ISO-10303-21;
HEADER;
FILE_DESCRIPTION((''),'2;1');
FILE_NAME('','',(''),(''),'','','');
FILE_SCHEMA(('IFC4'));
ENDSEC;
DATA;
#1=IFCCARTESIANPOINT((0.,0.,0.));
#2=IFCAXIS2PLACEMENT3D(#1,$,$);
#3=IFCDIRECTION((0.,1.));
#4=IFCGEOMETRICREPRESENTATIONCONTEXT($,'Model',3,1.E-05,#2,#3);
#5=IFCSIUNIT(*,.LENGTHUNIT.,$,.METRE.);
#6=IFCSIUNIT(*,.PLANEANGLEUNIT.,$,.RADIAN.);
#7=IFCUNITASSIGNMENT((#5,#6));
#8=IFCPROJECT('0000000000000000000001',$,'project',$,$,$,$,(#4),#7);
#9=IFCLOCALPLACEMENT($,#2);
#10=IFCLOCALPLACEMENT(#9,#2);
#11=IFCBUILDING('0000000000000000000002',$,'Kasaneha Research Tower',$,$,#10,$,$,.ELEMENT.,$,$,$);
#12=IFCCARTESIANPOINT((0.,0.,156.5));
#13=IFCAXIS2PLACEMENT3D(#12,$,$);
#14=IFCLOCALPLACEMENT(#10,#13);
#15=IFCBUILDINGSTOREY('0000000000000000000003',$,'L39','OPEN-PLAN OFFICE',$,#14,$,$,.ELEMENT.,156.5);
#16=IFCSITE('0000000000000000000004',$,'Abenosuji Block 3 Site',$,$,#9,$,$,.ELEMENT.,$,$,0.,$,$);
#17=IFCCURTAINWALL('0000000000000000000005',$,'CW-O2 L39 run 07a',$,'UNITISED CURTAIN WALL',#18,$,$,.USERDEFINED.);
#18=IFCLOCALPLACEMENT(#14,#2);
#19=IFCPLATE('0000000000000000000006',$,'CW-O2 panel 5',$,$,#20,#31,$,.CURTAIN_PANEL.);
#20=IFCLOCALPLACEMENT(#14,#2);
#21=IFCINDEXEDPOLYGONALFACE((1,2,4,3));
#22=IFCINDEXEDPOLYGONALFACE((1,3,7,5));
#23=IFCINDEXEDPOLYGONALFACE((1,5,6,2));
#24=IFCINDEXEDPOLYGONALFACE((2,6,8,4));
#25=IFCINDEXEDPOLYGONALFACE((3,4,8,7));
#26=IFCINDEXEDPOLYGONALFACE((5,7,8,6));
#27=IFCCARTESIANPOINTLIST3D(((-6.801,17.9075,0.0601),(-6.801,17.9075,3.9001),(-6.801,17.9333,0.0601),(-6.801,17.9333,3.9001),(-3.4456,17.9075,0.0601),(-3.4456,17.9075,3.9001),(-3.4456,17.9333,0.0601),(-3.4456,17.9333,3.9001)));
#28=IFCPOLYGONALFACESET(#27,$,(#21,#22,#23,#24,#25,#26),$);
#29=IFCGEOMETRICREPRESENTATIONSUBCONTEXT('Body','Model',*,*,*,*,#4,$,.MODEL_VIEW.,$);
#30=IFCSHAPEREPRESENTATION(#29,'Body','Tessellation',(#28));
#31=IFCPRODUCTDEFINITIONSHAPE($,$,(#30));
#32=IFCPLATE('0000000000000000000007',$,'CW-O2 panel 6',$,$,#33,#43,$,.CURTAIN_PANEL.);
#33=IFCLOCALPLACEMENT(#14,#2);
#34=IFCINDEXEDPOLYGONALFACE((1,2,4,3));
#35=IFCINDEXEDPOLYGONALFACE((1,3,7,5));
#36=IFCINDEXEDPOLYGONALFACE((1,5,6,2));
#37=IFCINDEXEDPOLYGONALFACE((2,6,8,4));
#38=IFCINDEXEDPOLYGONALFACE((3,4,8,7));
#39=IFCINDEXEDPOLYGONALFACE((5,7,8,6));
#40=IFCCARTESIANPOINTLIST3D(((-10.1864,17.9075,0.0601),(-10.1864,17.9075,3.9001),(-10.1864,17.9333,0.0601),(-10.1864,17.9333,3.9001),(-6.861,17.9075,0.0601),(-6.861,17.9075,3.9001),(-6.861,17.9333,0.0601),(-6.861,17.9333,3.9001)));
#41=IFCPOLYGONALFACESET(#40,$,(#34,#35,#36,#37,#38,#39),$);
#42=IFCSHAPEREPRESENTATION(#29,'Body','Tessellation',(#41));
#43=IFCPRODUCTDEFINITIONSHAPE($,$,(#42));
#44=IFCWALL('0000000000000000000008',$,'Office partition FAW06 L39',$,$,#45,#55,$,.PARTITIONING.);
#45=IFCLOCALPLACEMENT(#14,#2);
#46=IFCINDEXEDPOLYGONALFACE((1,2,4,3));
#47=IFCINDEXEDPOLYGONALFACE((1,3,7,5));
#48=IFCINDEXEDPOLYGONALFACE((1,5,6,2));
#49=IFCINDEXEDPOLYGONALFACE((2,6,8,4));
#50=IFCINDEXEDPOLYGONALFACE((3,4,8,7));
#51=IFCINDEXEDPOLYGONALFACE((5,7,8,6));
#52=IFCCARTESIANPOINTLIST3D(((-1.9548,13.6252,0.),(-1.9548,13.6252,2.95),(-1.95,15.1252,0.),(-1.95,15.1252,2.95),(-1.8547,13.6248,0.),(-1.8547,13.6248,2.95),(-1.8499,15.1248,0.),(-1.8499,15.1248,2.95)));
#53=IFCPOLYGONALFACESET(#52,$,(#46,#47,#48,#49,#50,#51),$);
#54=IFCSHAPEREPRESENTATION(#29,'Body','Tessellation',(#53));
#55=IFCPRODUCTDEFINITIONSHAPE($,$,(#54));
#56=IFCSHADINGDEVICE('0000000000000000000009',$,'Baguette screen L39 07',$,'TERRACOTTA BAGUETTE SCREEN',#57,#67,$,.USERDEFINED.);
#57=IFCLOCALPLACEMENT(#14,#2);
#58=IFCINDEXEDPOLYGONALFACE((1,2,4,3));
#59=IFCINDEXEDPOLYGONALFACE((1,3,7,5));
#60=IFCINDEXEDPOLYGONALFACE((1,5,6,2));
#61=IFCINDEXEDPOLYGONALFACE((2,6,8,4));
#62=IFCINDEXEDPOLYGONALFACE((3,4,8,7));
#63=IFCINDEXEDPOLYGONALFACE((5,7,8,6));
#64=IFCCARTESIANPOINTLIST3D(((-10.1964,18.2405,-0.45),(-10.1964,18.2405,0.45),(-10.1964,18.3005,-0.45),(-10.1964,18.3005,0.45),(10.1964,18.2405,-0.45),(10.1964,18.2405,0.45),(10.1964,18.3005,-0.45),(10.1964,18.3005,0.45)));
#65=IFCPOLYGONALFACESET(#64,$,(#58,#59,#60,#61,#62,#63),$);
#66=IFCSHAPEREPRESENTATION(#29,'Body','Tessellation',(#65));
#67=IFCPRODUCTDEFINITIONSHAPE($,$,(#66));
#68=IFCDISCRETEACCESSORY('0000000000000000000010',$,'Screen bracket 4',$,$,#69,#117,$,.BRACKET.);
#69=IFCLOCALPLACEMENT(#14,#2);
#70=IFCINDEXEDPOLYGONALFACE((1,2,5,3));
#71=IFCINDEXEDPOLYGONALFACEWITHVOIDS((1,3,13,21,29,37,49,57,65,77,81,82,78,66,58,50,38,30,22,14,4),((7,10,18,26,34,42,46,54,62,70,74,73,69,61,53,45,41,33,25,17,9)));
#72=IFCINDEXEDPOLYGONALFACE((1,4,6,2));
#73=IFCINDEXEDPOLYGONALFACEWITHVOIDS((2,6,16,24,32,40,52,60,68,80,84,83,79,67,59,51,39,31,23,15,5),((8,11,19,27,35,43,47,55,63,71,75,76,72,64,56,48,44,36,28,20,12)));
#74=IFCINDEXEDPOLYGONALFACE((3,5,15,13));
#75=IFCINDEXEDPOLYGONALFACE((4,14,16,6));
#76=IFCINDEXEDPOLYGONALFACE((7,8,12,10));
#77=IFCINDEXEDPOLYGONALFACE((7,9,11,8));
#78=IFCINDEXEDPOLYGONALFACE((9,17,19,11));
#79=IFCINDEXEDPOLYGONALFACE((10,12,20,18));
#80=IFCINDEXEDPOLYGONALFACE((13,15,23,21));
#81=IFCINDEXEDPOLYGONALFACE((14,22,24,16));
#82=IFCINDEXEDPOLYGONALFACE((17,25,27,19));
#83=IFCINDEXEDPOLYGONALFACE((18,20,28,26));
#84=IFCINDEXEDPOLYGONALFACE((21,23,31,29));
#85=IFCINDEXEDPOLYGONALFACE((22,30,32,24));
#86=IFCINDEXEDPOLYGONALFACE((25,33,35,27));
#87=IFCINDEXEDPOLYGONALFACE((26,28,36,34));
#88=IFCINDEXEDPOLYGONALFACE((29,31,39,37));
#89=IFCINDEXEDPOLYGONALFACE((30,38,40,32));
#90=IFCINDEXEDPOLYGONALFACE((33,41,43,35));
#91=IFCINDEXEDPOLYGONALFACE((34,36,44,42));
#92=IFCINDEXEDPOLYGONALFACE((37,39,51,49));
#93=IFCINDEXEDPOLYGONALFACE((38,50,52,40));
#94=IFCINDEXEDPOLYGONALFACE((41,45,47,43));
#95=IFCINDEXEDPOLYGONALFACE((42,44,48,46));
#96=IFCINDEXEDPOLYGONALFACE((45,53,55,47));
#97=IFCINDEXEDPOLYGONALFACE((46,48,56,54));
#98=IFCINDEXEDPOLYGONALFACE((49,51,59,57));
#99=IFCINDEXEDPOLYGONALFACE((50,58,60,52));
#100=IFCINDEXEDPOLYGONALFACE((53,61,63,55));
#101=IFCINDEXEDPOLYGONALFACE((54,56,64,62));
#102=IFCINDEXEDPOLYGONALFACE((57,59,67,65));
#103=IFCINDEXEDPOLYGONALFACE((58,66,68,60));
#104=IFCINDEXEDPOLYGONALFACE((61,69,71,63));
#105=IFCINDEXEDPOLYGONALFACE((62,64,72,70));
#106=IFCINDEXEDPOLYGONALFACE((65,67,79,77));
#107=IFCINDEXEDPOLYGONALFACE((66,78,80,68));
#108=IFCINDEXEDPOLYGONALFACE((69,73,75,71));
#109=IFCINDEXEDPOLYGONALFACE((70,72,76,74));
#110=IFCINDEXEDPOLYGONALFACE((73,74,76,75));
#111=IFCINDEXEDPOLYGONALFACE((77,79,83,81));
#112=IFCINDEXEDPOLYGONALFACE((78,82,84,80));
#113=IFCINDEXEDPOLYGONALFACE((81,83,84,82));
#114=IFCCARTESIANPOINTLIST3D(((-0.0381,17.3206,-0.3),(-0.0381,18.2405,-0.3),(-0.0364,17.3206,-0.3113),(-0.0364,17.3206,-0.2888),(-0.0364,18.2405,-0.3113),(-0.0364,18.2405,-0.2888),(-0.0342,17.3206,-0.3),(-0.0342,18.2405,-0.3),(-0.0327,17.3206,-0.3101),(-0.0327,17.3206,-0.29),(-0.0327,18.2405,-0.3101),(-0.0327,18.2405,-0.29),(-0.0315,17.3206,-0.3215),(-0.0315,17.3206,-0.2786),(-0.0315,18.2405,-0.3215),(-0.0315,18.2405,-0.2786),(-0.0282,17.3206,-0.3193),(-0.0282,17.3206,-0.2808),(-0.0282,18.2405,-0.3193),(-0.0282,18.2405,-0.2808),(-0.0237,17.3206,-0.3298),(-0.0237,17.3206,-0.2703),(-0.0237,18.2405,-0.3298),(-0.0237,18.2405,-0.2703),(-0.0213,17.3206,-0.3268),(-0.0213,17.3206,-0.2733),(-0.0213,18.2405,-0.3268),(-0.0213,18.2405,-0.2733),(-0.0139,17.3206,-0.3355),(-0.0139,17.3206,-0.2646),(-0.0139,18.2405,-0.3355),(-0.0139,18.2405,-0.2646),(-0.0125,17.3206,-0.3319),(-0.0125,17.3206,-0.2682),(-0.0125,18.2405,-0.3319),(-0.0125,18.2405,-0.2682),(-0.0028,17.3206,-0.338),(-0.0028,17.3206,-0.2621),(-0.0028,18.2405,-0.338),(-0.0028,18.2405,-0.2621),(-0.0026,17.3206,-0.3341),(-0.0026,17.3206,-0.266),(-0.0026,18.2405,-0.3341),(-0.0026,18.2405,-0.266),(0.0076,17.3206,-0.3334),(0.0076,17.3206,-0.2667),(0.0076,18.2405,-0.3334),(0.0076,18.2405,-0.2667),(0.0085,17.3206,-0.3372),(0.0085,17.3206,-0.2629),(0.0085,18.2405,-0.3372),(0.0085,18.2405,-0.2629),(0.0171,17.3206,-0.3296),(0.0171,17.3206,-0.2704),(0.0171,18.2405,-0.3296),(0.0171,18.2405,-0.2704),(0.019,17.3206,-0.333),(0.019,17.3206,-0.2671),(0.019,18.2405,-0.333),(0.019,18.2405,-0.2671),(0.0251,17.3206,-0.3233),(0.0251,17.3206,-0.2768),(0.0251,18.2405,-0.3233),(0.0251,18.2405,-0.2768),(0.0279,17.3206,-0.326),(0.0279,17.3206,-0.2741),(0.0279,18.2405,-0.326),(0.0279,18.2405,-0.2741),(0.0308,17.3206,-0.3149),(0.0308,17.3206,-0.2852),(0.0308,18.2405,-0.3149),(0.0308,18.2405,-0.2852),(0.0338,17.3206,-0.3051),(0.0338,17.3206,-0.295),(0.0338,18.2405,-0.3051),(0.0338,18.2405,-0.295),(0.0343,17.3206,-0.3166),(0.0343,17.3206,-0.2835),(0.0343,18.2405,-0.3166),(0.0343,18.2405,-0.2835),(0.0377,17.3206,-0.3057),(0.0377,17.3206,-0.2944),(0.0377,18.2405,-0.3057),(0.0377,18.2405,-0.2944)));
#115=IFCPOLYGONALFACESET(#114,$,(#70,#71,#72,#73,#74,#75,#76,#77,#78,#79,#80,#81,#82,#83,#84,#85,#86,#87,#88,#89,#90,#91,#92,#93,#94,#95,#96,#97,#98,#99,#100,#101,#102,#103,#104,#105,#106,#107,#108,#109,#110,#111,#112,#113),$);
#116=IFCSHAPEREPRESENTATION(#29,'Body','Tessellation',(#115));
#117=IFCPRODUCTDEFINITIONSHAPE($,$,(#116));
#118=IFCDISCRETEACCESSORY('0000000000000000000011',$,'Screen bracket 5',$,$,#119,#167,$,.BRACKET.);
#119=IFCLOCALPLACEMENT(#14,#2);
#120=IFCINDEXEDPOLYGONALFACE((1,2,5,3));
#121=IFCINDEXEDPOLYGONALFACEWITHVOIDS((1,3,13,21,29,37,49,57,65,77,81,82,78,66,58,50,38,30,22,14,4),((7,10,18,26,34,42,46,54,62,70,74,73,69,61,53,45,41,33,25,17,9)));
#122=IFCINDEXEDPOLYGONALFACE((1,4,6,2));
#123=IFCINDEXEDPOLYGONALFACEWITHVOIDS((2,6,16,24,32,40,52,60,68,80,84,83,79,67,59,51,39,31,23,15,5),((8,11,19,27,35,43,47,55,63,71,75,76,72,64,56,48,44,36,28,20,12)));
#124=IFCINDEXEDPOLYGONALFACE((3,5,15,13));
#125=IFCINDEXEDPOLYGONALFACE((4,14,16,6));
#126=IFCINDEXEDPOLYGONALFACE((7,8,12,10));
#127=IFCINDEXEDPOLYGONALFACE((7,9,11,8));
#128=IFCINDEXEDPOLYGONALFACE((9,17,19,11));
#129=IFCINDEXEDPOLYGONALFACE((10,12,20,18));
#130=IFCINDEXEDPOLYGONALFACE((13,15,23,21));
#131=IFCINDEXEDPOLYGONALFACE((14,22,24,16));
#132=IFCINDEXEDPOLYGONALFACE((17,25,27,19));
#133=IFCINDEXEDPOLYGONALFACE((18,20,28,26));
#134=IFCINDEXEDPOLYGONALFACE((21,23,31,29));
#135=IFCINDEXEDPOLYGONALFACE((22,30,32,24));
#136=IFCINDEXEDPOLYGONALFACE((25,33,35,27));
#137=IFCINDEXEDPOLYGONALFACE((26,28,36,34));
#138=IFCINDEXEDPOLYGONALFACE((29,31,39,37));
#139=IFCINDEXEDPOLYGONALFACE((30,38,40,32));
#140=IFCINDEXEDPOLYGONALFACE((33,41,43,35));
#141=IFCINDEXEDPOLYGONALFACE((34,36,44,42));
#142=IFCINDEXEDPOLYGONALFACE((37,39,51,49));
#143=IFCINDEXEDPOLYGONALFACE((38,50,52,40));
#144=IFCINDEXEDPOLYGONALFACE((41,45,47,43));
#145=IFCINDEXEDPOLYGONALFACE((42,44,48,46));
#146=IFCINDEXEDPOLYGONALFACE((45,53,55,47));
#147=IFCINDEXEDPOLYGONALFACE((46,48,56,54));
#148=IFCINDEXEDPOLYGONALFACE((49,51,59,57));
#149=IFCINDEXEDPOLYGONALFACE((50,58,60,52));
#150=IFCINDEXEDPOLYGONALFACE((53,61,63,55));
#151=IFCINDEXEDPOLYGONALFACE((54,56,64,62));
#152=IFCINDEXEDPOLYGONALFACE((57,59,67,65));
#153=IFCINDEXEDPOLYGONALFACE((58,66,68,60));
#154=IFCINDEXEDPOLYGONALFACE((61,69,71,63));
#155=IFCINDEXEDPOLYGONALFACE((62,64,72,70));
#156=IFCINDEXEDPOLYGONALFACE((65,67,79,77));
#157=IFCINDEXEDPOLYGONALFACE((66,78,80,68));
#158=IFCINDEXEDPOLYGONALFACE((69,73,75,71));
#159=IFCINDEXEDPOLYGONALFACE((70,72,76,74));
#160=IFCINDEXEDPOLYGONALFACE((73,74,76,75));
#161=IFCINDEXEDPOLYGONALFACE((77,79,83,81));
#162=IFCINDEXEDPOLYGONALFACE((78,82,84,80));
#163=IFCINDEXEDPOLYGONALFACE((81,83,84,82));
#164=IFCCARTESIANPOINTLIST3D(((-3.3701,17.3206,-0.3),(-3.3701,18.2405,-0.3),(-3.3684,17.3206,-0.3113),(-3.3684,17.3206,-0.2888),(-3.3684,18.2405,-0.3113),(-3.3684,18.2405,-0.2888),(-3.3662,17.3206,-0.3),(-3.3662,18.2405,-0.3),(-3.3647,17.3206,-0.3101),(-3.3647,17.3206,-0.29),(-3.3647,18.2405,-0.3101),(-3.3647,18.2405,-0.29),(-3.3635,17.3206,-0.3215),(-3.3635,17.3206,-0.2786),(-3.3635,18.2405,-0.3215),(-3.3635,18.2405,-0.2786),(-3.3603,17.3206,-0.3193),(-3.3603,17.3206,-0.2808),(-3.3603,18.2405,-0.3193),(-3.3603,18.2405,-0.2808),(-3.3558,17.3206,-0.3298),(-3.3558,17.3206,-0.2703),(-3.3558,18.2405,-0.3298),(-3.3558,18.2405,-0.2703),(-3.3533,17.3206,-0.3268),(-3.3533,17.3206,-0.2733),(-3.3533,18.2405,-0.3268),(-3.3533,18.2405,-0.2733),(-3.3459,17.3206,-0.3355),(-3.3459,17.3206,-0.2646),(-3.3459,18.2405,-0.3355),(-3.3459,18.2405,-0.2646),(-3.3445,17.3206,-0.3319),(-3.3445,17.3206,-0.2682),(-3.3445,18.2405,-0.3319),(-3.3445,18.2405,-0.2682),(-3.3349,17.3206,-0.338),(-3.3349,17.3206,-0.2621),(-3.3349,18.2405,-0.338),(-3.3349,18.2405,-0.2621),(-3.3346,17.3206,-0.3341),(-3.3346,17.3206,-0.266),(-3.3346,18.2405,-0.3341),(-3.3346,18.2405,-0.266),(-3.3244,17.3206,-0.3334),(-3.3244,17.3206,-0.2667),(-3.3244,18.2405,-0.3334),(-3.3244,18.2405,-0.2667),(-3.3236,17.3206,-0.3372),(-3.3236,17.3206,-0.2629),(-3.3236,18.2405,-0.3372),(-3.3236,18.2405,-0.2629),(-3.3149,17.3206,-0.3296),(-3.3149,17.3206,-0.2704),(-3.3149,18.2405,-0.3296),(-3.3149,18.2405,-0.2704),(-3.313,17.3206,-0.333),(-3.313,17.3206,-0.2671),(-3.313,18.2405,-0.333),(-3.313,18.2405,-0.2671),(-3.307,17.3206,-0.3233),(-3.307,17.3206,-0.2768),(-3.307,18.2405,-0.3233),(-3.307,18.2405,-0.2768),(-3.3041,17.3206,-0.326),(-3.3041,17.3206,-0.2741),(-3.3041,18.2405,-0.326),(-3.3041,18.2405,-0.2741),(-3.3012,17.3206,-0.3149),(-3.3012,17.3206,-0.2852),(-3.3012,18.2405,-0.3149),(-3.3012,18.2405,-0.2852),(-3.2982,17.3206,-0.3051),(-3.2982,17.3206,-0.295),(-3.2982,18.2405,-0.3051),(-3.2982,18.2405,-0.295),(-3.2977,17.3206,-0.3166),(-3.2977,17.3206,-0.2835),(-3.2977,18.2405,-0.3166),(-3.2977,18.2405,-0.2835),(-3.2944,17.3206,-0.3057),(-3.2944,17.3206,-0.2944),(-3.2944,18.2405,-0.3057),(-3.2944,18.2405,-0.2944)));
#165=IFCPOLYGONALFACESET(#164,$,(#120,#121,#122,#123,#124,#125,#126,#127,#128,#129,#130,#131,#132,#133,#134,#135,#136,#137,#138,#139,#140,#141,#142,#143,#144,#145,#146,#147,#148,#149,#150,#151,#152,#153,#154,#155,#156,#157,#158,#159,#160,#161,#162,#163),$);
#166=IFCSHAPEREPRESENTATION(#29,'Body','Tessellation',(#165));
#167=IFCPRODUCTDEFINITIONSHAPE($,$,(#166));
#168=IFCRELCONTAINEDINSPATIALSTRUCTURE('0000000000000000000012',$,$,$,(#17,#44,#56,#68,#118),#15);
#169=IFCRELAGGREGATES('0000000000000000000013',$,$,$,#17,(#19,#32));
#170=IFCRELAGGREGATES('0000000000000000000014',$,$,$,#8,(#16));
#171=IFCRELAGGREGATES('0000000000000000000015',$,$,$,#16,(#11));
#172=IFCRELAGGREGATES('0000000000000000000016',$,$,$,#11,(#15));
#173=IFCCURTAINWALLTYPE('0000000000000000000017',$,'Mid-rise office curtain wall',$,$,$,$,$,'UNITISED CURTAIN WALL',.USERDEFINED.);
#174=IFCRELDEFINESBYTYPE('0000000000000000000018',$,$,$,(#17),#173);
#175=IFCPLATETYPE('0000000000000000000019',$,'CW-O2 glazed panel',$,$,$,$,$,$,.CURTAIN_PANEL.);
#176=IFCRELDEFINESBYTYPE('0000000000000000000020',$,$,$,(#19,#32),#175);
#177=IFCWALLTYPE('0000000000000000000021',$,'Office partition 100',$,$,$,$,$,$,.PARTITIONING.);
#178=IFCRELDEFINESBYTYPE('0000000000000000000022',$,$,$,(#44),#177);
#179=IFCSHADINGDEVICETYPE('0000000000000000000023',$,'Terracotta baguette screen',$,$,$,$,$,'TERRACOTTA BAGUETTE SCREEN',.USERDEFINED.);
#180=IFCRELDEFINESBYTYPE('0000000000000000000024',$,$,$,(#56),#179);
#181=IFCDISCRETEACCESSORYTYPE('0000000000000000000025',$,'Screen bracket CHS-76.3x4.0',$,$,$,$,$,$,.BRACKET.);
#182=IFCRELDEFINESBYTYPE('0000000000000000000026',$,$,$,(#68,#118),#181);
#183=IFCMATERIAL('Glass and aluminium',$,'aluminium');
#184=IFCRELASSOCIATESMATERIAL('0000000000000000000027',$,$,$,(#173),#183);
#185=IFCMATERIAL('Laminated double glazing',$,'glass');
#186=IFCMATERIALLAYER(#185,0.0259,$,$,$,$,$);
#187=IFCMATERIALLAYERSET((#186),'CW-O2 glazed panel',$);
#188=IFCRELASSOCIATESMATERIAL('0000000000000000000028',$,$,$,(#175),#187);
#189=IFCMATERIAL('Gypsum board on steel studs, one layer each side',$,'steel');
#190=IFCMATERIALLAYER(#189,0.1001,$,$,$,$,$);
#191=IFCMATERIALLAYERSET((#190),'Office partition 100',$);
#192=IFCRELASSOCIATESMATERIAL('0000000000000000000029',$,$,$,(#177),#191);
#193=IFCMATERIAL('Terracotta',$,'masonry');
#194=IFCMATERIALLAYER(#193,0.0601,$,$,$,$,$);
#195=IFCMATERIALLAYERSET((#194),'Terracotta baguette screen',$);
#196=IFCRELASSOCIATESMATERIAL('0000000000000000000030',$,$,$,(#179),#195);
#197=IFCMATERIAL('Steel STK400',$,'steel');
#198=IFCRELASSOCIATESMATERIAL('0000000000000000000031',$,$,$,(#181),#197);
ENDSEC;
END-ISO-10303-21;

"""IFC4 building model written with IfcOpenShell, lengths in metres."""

from ifc_helpers import new_model, si_unit, direction, frame, frame_2d, origin, origin_2d, place, context, subcontext, project, spatial, rectangle, hollow_circle, extrude, material, layer, layer_set, material_profile, profile_set, type_object, element, aggregate, save


model = new_model("IFC4")

# Units and contexts
model_context = context("Model", 3, precision=1e-05, world=origin(), true_north=direction((0.0, 1.0)))
body_context = subcontext(model_context, "Body", "Model", "MODEL_VIEW")
ifc_project = project(units=[si_unit("LENGTHUNIT", "METRE"), si_unit("PLANEANGLEUNIT", "RADIAN")], contexts=[model_context])

# Site, building, storey
site_placement = place(None, origin())
site = spatial("IfcSite", under=ifc_project, at=site_placement, Name="Abenosuji Block 3 Site", CompositionType="ELEMENT", RefElevation=0.0)
building_placement = place(site_placement, origin())
building = spatial("IfcBuilding", under=site, at=building_placement, Name="Kasaneha Research Tower", CompositionType="ELEMENT")
storey_placement = place(building_placement, frame((0.0, 0.0, 156.5)))
storey = spatial("IfcBuildingStorey", under=building, at=storey_placement, Name="L39", Description="OPEN-PLAN OFFICE", CompositionType="ELEMENT", Elevation=156.5)

# Curtain wall, plates
ifc_material_1 = material(Name="Glass and aluminium", Category="aluminium")
curtain_wall_type = type_object("IfcCurtainWallType", Name="Mid-rise office curtain wall", ElementType="UNITISED CURTAIN WALL", PredefinedType="USERDEFINED", material=ifc_material_1)
curtain_wall_placement = place(storey_placement, origin())
curtain_wall = element("IfcCurtainWall", 1, at=curtain_wall_placement, inside=storey, type_object=curtain_wall_type, Name="CW-O2 L39 run 07a", ObjectType="UNITISED CURTAIN WALL", PredefinedType="USERDEFINED")
ifc_material_2 = material(Name="Laminated double glazing", Category="glass")
ifc_layer_1 = layer(ifc_material_2, 0.0259)
ifc_layer_set_1 = layer_set([ifc_layer_1], Name="CW-O2 glazed panel")
plate_type = type_object("IfcPlateType", Name="CW-O2 glazed panel", PredefinedType="CURTAIN_PANEL", material=ifc_layer_set_1)
plate_1_placement = place(storey_placement, frame((-5.1233, 17.9204, 0.0601), z_axis=(0.0, 0.0, 1.0), x_axis=(-1.0, 0.0, 0.0)))
plate_1 = element("IfcPlate", 2, at=plate_1_placement, type_object=plate_type, Name="CW-O2 panel 5", PredefinedType="CURTAIN_PANEL", context=body_context, shape_type="SweptSolid", body=[
    extrude(rectangle(XDim=3.3555, YDim=0.0259, at=origin_2d()), origin(), (0.0, 0.0, 1.0), 3.8401),
])
plate_2_placement = place(storey_placement, frame((-8.5237, 17.9204, 0.0601), z_axis=(0.0, 0.0, 1.0), x_axis=(-1.0, 0.0, 0.0)))
plate_2 = element("IfcPlate", 3, at=plate_2_placement, type_object=plate_type, Name="CW-O2 panel 6", PredefinedType="CURTAIN_PANEL", context=body_context, shape_type="SweptSolid", body=[
    extrude(rectangle(XDim=3.3254, YDim=0.0259, at=origin_2d()), origin(), (0.0, 0.0, 1.0), 3.8401),
])
aggregate(curtain_wall, [plate_1, plate_2])

# Wall
ifc_material_3 = material(Name="Gypsum board on steel studs, one layer each side", Category="steel")
ifc_layer_2 = layer(ifc_material_3, 0.1001)
ifc_layer_set_2 = layer_set([ifc_layer_2], Name="Office partition 100")
wall_type = type_object("IfcWallType", Name="Office partition 100", PredefinedType="PARTITIONING", material=ifc_layer_set_2)
wall_placement = place(storey_placement, frame((-1.8999, 15.125, 0.0), z_axis=(0.0, 0.0, 1.0), x_axis=(-0.003255, -0.999995, 0.0)))
element("IfcWall", 4, at=wall_placement, inside=storey, type_object=wall_type, Name="Office partition FAW06 L39", PredefinedType="PARTITIONING", context=body_context, shape_type="SweptSolid", body=[
    extrude(rectangle(XDim=1.5, YDim=0.1001, at=frame_2d((0.75, 0.0))), origin(), (0.0, 0.0, 1.0), 2.95),
])

# Shading device
ifc_material_4 = material(Name="Terracotta", Category="masonry")
ifc_layer_3 = layer(ifc_material_4, 0.0601)
ifc_layer_set_3 = layer_set([ifc_layer_3], Name="Terracotta baguette screen")
shading_device_type = type_object("IfcShadingDeviceType", Name="Terracotta baguette screen", ElementType="TERRACOTTA BAGUETTE SCREEN", PredefinedType="USERDEFINED", material=ifc_layer_set_3)
shading_device_placement = place(storey_placement, frame((0.0, 18.2705, -0.45), z_axis=(0.0, 0.0, 1.0), x_axis=(-1.0, 0.0, 0.0)))
element("IfcShadingDevice", 5, at=shading_device_placement, inside=storey, type_object=shading_device_type, Name="Baguette screen L39 07", ObjectType="TERRACOTTA BAGUETTE SCREEN", PredefinedType="USERDEFINED", context=body_context, shape_type="SweptSolid", body=[
    extrude(rectangle(XDim=20.3928, YDim=0.0601, at=origin_2d()), origin(), (0.0, 0.0, 1.0), 0.8999),
])

# Discrete accessories
ifc_material_5 = material(Name="Steel STK400", Category="steel")
ifc_material_profile_1 = material_profile(ifc_material_5, hollow_circle(Radius=0.0381, WallThickness=0.0039, at=origin_2d()), Name="CHS-76.3x4.0")
ifc_profile_set_1 = profile_set([ifc_material_profile_1], Name="Steel STK400")
discrete_accessory_type = type_object("IfcDiscreteAccessoryType", Name="Screen bracket CHS-76.3x4.0", PredefinedType="BRACKET", material=ifc_profile_set_1)
for number, where, z_axis, x_axis, name in (
    (6, (0.0, 17.3206, -0.3), (0.0, 1.0, 0.0), (-1.0, 0.0, 0.0), "Screen bracket 4"),
    (7, (-3.332, 17.3206, -0.3), (0.0, 1.0, 0.0), (-1.0, 0.0, 0.0), "Screen bracket 5"),
):
    element("IfcDiscreteAccessory", number, at=place(storey_placement, frame(where, z_axis=z_axis, x_axis=x_axis)), inside=storey, type_object=discrete_accessory_type, Name=name, PredefinedType="BRACKET", context=body_context, shape_type="SweptSolid", body=[
        extrude(hollow_circle(Radius=0.0381, WallThickness=0.0039, at=origin_2d()), origin(), (0.0, 0.0, 1.0), 0.9199),
    ])

save(model, "model.ifc")
